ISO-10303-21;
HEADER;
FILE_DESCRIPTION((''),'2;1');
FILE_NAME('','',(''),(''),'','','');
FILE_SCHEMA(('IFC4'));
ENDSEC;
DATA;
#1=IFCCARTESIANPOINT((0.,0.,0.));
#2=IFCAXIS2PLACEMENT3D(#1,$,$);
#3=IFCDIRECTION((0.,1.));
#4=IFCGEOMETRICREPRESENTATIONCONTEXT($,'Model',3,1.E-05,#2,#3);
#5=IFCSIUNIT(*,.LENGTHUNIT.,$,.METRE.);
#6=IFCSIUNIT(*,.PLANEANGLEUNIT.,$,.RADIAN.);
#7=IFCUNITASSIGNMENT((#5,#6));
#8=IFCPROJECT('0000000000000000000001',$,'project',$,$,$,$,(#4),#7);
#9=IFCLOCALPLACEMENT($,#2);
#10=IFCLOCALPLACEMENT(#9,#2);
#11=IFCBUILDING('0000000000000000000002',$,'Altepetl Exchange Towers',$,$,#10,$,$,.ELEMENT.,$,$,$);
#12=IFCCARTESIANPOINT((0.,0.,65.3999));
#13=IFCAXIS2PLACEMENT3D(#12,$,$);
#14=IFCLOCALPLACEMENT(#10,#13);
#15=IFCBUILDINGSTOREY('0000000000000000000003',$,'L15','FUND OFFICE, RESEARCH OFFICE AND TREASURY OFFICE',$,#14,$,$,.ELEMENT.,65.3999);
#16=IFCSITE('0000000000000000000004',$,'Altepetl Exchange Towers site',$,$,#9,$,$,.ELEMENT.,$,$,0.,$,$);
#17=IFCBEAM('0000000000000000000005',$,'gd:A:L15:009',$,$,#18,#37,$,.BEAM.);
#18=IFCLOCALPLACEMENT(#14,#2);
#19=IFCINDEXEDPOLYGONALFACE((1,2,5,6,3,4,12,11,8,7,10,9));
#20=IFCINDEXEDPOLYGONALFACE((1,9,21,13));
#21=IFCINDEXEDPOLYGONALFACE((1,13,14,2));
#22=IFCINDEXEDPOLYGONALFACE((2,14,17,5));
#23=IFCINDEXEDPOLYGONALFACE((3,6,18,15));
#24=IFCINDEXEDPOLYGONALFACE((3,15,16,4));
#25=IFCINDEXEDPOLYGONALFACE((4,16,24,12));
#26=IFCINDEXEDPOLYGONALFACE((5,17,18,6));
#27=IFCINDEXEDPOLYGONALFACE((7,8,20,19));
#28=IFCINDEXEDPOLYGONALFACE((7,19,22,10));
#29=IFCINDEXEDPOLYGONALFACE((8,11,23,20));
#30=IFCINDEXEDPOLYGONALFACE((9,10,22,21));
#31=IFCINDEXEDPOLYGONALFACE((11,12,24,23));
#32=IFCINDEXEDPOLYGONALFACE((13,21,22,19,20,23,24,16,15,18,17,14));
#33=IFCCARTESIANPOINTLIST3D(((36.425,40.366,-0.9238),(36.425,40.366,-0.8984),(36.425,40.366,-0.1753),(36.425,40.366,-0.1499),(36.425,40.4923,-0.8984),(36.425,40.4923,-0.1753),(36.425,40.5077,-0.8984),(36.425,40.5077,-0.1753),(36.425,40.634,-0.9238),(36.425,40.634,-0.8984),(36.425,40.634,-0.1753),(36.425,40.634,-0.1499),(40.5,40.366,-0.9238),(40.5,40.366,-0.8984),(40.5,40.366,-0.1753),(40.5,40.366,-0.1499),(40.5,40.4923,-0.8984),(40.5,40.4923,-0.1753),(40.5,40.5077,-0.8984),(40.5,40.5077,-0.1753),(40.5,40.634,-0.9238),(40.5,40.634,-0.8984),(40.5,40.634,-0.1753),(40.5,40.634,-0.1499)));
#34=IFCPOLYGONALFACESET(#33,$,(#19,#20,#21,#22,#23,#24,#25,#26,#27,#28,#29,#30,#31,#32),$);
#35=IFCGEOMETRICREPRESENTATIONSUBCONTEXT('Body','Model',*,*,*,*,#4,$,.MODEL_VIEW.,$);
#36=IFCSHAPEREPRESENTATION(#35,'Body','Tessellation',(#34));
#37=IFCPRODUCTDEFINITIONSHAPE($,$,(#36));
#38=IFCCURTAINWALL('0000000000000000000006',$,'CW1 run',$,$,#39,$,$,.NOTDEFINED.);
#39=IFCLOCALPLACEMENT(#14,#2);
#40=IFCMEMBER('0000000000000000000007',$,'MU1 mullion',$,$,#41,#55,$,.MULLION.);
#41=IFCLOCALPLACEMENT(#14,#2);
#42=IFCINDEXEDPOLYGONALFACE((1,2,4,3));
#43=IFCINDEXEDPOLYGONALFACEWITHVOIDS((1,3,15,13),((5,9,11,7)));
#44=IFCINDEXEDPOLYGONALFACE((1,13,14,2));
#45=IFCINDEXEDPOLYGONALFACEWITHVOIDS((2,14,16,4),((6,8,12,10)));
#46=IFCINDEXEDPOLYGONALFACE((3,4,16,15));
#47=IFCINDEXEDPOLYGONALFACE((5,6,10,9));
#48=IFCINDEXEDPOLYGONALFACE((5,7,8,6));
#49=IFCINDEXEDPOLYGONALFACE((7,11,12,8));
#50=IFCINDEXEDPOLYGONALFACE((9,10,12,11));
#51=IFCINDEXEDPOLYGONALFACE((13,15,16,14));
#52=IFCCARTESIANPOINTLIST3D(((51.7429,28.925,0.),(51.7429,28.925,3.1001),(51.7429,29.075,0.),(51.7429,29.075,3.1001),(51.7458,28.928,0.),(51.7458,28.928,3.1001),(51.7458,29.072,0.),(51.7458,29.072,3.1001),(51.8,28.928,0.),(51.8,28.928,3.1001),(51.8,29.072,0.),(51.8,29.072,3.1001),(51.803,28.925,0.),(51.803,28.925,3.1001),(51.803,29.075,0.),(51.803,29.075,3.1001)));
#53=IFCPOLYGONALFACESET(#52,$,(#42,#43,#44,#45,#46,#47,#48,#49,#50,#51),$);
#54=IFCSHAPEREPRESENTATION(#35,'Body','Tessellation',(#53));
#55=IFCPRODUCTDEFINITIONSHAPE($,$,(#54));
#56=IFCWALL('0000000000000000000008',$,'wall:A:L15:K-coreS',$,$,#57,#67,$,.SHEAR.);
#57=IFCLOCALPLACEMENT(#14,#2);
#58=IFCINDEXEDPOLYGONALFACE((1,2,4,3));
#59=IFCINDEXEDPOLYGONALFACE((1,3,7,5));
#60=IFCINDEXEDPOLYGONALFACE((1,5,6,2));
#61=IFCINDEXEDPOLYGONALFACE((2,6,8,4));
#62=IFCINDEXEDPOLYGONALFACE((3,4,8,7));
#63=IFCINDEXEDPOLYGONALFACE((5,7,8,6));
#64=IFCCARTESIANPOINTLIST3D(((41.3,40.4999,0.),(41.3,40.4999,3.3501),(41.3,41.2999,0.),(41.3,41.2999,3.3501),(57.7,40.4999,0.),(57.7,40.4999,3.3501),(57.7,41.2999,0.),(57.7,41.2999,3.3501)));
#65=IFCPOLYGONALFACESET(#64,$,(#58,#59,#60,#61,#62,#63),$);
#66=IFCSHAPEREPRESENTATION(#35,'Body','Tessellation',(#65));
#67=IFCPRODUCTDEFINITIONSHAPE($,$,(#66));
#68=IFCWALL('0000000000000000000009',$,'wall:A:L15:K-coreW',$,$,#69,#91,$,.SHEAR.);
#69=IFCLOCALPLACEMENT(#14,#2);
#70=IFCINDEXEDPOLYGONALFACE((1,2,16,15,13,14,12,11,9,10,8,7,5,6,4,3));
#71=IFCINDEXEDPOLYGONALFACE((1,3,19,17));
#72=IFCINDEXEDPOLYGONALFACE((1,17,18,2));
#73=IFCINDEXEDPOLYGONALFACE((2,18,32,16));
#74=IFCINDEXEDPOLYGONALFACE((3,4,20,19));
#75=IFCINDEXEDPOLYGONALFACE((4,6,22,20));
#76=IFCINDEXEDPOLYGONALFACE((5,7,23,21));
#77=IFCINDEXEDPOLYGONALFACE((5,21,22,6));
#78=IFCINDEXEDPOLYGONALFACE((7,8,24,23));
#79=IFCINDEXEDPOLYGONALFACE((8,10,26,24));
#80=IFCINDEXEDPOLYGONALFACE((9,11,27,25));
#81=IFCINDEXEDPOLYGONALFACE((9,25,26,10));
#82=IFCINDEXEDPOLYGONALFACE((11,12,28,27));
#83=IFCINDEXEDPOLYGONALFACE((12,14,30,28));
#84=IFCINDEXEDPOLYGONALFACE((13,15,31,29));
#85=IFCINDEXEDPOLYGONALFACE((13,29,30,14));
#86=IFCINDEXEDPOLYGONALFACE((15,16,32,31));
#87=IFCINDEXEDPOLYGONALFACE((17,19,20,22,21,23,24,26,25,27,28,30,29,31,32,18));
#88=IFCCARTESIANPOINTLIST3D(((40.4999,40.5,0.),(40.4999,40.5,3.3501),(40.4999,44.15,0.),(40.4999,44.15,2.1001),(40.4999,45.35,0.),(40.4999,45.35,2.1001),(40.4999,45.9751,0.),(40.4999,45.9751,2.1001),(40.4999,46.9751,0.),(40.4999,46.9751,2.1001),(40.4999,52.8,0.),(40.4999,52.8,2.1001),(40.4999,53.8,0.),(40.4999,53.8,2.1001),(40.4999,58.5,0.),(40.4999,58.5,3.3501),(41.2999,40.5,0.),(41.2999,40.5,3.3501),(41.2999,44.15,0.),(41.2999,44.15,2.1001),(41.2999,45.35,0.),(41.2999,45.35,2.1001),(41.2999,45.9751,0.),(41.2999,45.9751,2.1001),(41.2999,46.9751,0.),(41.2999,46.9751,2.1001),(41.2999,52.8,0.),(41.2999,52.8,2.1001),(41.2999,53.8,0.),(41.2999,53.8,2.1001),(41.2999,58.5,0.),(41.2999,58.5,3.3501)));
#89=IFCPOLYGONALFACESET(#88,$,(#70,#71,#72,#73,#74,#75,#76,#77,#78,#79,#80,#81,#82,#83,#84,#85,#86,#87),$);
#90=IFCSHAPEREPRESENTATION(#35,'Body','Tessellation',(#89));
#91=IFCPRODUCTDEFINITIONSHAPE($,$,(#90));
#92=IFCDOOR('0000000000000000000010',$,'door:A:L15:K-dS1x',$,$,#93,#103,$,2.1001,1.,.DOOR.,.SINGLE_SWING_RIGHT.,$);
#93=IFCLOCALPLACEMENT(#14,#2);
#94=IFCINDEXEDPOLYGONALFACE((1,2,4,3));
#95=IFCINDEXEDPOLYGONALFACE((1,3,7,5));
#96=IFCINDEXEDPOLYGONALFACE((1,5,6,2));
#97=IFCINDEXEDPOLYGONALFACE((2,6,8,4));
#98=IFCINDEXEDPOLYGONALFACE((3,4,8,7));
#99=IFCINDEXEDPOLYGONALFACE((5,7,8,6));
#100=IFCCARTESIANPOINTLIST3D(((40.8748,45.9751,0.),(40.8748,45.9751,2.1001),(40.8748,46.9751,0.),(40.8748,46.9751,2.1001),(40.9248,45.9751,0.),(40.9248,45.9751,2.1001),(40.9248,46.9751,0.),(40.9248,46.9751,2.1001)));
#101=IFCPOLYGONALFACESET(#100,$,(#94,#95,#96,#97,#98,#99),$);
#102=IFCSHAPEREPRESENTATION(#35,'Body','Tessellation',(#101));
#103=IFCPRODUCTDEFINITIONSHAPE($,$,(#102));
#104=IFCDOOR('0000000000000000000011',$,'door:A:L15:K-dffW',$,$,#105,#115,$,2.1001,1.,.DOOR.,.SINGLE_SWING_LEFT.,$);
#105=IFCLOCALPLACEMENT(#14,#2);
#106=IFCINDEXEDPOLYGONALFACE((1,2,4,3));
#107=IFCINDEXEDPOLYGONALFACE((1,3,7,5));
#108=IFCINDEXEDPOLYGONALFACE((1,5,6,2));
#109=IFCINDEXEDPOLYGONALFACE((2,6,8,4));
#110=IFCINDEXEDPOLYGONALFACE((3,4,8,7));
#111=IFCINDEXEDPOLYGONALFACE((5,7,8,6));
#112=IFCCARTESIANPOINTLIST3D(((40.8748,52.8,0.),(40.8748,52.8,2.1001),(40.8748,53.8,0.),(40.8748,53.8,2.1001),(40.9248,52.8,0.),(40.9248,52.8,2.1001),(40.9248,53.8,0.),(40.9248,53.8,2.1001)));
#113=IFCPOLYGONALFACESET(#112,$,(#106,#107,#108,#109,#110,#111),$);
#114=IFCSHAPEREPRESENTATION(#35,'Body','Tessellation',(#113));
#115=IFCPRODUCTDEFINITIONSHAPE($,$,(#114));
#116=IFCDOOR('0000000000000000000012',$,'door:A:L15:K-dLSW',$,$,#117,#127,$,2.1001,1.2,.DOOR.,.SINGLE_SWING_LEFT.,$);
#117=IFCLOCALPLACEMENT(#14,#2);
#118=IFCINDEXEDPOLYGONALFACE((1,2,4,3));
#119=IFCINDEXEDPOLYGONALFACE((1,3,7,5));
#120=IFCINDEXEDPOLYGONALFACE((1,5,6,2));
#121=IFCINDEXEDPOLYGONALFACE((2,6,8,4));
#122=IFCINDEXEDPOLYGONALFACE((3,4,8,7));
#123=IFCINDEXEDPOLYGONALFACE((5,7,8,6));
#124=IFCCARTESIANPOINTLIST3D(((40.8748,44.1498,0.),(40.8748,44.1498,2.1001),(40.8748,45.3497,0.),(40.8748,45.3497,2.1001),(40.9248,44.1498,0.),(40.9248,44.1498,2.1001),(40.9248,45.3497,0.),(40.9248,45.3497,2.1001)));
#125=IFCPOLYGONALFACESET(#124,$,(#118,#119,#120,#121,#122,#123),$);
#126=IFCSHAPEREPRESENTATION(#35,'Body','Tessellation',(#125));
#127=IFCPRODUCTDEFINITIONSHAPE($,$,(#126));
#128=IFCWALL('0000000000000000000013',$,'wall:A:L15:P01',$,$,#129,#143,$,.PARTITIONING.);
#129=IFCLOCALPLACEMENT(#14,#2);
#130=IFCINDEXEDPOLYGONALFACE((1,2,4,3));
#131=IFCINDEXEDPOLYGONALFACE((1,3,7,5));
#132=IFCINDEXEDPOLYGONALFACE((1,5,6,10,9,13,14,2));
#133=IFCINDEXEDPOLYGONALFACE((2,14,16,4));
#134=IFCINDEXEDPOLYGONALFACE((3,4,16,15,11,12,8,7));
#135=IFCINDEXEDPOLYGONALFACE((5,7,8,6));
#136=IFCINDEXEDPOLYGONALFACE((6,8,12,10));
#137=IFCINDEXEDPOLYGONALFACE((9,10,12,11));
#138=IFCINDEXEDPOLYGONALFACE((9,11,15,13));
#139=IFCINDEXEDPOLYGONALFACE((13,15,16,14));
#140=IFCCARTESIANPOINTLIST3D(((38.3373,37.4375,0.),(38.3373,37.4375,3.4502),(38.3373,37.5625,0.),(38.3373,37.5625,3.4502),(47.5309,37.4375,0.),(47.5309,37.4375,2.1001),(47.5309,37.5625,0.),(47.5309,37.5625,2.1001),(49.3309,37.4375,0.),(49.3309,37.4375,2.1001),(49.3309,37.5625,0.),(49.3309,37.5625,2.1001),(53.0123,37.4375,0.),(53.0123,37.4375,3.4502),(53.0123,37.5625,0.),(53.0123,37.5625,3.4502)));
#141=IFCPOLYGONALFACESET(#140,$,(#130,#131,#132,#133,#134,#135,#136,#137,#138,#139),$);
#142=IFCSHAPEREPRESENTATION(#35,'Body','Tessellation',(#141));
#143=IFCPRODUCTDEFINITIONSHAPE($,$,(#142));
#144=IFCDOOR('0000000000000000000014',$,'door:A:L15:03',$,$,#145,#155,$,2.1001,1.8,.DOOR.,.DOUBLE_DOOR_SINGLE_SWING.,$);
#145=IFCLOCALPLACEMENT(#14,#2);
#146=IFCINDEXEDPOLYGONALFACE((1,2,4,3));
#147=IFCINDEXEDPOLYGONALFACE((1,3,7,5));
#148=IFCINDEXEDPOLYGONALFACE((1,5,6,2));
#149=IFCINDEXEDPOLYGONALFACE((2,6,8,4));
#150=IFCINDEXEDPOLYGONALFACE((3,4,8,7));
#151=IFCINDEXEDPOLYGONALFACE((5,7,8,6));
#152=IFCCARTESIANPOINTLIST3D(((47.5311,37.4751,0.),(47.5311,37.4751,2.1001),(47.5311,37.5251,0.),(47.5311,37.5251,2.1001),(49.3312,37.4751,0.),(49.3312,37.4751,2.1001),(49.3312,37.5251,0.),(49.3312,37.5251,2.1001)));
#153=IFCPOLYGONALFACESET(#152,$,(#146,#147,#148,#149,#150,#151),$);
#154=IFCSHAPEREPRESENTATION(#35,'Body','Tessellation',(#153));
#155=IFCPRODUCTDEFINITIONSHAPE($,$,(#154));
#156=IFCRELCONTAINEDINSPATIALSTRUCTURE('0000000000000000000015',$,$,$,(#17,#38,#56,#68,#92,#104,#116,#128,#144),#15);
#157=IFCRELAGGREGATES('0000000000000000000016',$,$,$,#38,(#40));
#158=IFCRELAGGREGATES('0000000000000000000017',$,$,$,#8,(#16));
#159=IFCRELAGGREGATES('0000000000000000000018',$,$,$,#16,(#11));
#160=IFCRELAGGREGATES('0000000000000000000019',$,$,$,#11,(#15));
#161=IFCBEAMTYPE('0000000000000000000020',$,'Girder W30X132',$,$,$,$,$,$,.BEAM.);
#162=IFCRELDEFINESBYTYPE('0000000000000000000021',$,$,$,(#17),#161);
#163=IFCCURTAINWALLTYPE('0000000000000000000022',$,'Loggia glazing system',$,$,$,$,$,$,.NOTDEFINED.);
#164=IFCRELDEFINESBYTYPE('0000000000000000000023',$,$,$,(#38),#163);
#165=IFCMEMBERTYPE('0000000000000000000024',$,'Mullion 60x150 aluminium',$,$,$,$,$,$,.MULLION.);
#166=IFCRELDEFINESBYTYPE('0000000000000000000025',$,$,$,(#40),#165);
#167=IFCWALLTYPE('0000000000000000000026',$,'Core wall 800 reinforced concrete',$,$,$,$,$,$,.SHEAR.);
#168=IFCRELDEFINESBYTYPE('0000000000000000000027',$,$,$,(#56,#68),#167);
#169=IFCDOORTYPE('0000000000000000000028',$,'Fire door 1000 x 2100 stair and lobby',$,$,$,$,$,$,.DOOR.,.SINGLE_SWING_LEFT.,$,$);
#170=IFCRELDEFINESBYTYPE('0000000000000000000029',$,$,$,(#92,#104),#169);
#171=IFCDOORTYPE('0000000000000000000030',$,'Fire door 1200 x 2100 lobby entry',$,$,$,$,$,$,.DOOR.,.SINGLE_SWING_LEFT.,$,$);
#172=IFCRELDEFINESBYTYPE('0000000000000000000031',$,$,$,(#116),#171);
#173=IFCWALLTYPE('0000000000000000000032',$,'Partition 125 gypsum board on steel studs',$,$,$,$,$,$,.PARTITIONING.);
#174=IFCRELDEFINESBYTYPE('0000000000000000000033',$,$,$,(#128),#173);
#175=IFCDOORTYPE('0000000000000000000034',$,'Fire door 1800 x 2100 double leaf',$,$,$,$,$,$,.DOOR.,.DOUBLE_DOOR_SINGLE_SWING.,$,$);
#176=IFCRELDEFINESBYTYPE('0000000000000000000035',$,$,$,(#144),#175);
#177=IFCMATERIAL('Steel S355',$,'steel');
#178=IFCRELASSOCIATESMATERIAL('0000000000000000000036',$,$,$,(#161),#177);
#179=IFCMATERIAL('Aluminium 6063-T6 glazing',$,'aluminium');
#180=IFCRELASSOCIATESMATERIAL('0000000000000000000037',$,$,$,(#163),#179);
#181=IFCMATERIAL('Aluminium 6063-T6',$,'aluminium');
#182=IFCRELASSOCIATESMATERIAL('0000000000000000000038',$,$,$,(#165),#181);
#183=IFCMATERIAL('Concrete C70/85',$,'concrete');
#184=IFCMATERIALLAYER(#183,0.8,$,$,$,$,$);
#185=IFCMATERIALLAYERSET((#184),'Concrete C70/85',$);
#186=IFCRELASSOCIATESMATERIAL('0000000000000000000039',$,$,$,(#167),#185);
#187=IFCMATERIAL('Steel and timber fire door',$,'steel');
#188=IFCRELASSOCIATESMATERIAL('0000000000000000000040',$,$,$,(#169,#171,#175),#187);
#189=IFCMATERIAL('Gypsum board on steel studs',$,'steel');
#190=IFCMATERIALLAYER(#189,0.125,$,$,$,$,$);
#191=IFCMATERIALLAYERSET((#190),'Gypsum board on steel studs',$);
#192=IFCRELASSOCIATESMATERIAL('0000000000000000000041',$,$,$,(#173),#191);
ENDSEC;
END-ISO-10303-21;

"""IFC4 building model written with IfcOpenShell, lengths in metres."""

from ifc_helpers import new_model, si_unit, direction, frame, frame_2d, origin, origin_2d, place, context, subcontext, project, spatial, rectangle, hollow_rectangle, i_section, extrude, material, layer, layer_set, material_profile, profile_set, type_object, element, fill, aggregate, save


model = new_model("IFC4")

# Units and contexts
model_context = context("Model", 3, precision=1e-05, world=origin(), true_north=direction((0.0, 1.0)))
body_context = subcontext(model_context, "Body", "Model", "MODEL_VIEW")
ifc_project = project(units=[si_unit("LENGTHUNIT", "METRE"), si_unit("PLANEANGLEUNIT", "RADIAN")], contexts=[model_context])

# Site, building, storey
site_placement = place(None, origin())
site = spatial("IfcSite", under=ifc_project, at=site_placement, Name="Altepetl Exchange Towers site", CompositionType="ELEMENT", RefElevation=0.0)
building_placement = place(site_placement, origin())
building = spatial("IfcBuilding", under=site, at=building_placement, Name="Altepetl Exchange Towers", CompositionType="ELEMENT")
storey_placement = place(building_placement, frame((0.0, 0.0, 65.3999)))
storey = spatial("IfcBuildingStorey", under=building, at=storey_placement, Name="L15", Description="FUND OFFICE, RESEARCH OFFICE AND TREASURY OFFICE", CompositionType="ELEMENT", Elevation=65.3999)

# Beam
ifc_material_1 = material(Name="Steel S355", Category="steel")
ifc_material_profile_1 = material_profile(ifc_material_1, i_section(OverallWidth=0.2681, OverallDepth=0.7739, WebThickness=0.0154, FlangeThickness=0.0254, at=origin_2d()), Name="W30X132")
ifc_profile_set_1 = profile_set([ifc_material_profile_1], Name="Steel S355")
beam_type = type_object("IfcBeamType", Name="Girder W30X132", PredefinedType="BEAM", material=ifc_profile_set_1)
beam_placement = place(storey_placement, frame((40.5, 40.5, -0.5369), z_axis=(-1.0, 0.0, 0.0), x_axis=(0.0, -1.0, 0.0)))
element("IfcBeam", 1, at=beam_placement, inside=storey, type_object=beam_type, Name="gd:A:L15:009", PredefinedType="BEAM", context=body_context, shape_type="SweptSolid", body=[
    extrude(i_section(OverallWidth=0.2681, OverallDepth=0.7739, WebThickness=0.0154, FlangeThickness=0.0254, at=origin_2d()), origin(), (0.0, 0.0, 1.0), 4.075),
])

# Curtain wall, member
ifc_material_2 = material(Name="Aluminium 6063-T6 glazing", Category="aluminium")
curtain_wall_type = type_object("IfcCurtainWallType", Name="Loggia glazing system", PredefinedType="NOTDEFINED", material=ifc_material_2)
curtain_wall_placement = place(storey_placement, origin())
curtain_wall = element("IfcCurtainWall", 2, at=curtain_wall_placement, inside=storey, type_object=curtain_wall_type, Name="CW1 run", PredefinedType="NOTDEFINED")
ifc_material_3 = material(Name="Aluminium 6063-T6", Category="aluminium")
ifc_material_profile_2 = material_profile(ifc_material_3, hollow_rectangle(XDim=0.0601, YDim=0.1499, WallThickness=0.0029, at=origin_2d()), Name="Mullion 60x150 aluminium")
ifc_profile_set_2 = profile_set([ifc_material_profile_2], Name="Aluminium 6063-T6")
member_type = type_object("IfcMemberType", Name="Mullion 60x150 aluminium", PredefinedType="MULLION", material=ifc_profile_set_2)
member_placement = place(storey_placement, frame((51.7729, 29.0, 0.0)))
member = element("IfcMember", 3, at=member_placement, type_object=member_type, Name="MU1 mullion", PredefinedType="MULLION", context=body_context, shape_type="SweptSolid", body=[
    extrude(hollow_rectangle(XDim=0.0601, YDim=0.1499, WallThickness=0.0029, at=origin_2d()), origin(), (0.0, 0.0, 1.0), 3.1001),
])
aggregate(curtain_wall, [member])

# Wall
ifc_material_4 = material(Name="Concrete C70/85", Category="concrete")
ifc_layer_1 = layer(ifc_material_4, 0.8)
ifc_layer_set_1 = layer_set([ifc_layer_1], Name="Concrete C70/85")
wall_type_1 = type_object("IfcWallType", Name="Core wall 800 reinforced concrete", PredefinedType="SHEAR", material=ifc_layer_set_1)
wall_1_placement = place(storey_placement, frame((41.3, 40.8999, 0.0)))
element("IfcWall", 4, at=wall_1_placement, inside=storey, type_object=wall_type_1, Name="wall:A:L15:K-coreS", PredefinedType="SHEAR", context=body_context, shape_type="SweptSolid", body=[
    extrude(rectangle(XDim=16.3999, YDim=0.8, at=frame_2d((8.2, 0.0))), origin(), (0.0, 0.0, 1.0), 3.3501),
])

# Wall, openings, doors
wall_2_placement = place(storey_placement, frame((40.8999, 40.5, 0.0), z_axis=(0.0, 0.0, 1.0), x_axis=(0.0, 1.0, 0.0)))
wall_2 = element("IfcWall", 5, at=wall_2_placement, inside=storey, type_object=wall_type_1, Name="wall:A:L15:K-coreW", PredefinedType="SHEAR", context=body_context, shape_type="SweptSolid", body=[
    extrude(rectangle(XDim=18.0, YDim=0.8, at=frame_2d((9.0, 0.0))), origin(), (0.0, 0.0, 1.0), 3.3501),
])
opening_1_placement = place(wall_2_placement, frame((3.6499, 0.0, 0.0)))
opening_1 = element("IfcOpeningElement", 6, at=opening_1_placement, cuts=wall_2, PredefinedType="OPENING", context=body_context, shape_type="SweptSolid", body=[
    extrude(rectangle(XDim=1.2, YDim=2.1001, at=frame_2d((0.6001, 1.05))), frame((0.0, 0.4102, 0.0), z_axis=(0.0, -1.0, 0.0), x_axis=(1.0, 0.0, 0.0)), (0.0, 0.0, 1.0), 0.8201),
])
opening_2_placement = place(wall_2_placement, frame((5.4751, 0.0, 0.0)))
opening_2 = element("IfcOpeningElement", 7, at=opening_2_placement, cuts=wall_2, PredefinedType="OPENING", context=body_context, shape_type="SweptSolid", body=[
    extrude(rectangle(XDim=1.0, YDim=2.1001, at=frame_2d((0.5, 1.05))), frame((0.0, 0.4102, 0.0), z_axis=(0.0, -1.0, 0.0), x_axis=(1.0, 0.0, 0.0)), (0.0, 0.0, 1.0), 0.8201),
])
opening_3_placement = place(wall_2_placement, frame((12.3, 0.0, 0.0)))
opening_3 = element("IfcOpeningElement", 8, at=opening_3_placement, cuts=wall_2, PredefinedType="OPENING", context=body_context, shape_type="SweptSolid", body=[
    extrude(rectangle(XDim=1.0, YDim=2.1001, at=frame_2d((0.5, 1.05))), frame((0.0, 0.4102, 0.0), z_axis=(0.0, -1.0, 0.0), x_axis=(1.0, 0.0, 0.0)), (0.0, 0.0, 1.0), 0.8201),
])
ifc_material_5 = material(Name="Steel and timber fire door", Category="steel")
door_type_1 = type_object("IfcDoorType", Name="Fire door 1000 x 2100 stair and lobby", OperationType="SINGLE_SWING_LEFT", PredefinedType="DOOR", material=ifc_material_5)
door_1_placement = place(opening_2_placement, frame((1.0, 0.0, 0.0), x_axis=(-1.0, 0.0, 0.0)))
door_1 = element("IfcDoor", 9, at=door_1_placement, inside=storey, type_object=door_type_1, Name="door:A:L15:K-dS1x", OperationType="SINGLE_SWING_RIGHT", OverallHeight=2.1001, OverallWidth=1.0, PredefinedType="DOOR", context=body_context, shape_type="SweptSolid", body=[
    extrude(rectangle(XDim=1.0, YDim=2.1001, at=frame_2d((0.5, 1.05))), frame((0.0, 0.0249, 0.0), z_axis=(0.0, -1.0, 0.0), x_axis=(1.0, 0.0, 0.0)), (0.0, 0.0, 1.0), 0.05),
])
fill(opening_2, door_1)
door_2_placement = place(opening_3_placement, frame((1.0, 0.0, 0.0), x_axis=(-1.0, 0.0, 0.0)))
door_2 = element("IfcDoor", 10, at=door_2_placement, inside=storey, type_object=door_type_1, Name="door:A:L15:K-dffW", OperationType="SINGLE_SWING_LEFT", OverallHeight=2.1001, OverallWidth=1.0, PredefinedType="DOOR", context=body_context, shape_type="SweptSolid", body=[
    extrude(rectangle(XDim=1.0, YDim=2.1001, at=frame_2d((0.5, 1.05))), frame((0.0, 0.0249, 0.0), z_axis=(0.0, -1.0, 0.0), x_axis=(1.0, 0.0, 0.0)), (0.0, 0.0, 1.0), 0.05),
])
fill(opening_3, door_2)
door_type_2 = type_object("IfcDoorType", Name="Fire door 1200 x 2100 lobby entry", OperationType="SINGLE_SWING_LEFT", PredefinedType="DOOR", material=ifc_material_5)
door_3_placement = place(opening_1_placement, frame((1.2, 0.0, 0.0), x_axis=(-1.0, 0.0, 0.0)))
door_3 = element("IfcDoor", 11, at=door_3_placement, inside=storey, type_object=door_type_2, Name="door:A:L15:K-dLSW", OperationType="SINGLE_SWING_LEFT", OverallHeight=2.1001, OverallWidth=1.2, PredefinedType="DOOR", context=body_context, shape_type="SweptSolid", body=[
    extrude(rectangle(XDim=1.2, YDim=2.1001, at=frame_2d((0.6001, 1.05))), frame((0.0, 0.0249, 0.0), z_axis=(0.0, -1.0, 0.0), x_axis=(1.0, 0.0, 0.0)), (0.0, 0.0, 1.0), 0.05),
])
fill(opening_1, door_3)

# Wall, opening, door
ifc_material_6 = material(Name="Gypsum board on steel studs", Category="steel")
ifc_layer_2 = layer(ifc_material_6, 0.125)
ifc_layer_set_2 = layer_set([ifc_layer_2], Name="Gypsum board on steel studs")
wall_type_2 = type_object("IfcWallType", Name="Partition 125 gypsum board on steel studs", PredefinedType="PARTITIONING", material=ifc_layer_set_2)
wall_3_placement = place(storey_placement, frame((38.3374, 37.5, 0.0)))
wall_3 = element("IfcWall", 12, at=wall_3_placement, inside=storey, type_object=wall_type_2, Name="wall:A:L15:P01", PredefinedType="PARTITIONING", context=body_context, shape_type="SweptSolid", body=[
    extrude(rectangle(XDim=14.675, YDim=0.125, at=frame_2d((7.3374, 0.0))), origin(), (0.0, 0.0, 1.0), 3.4502),
])
opening_4_placement = place(wall_3_placement, frame((9.1936, 0.0, 0.0)))
opening_4 = element("IfcOpeningElement", 13, at=opening_4_placement, cuts=wall_3, PredefinedType="OPENING", context=body_context, shape_type="SweptSolid", body=[
    extrude(rectangle(XDim=1.8, YDim=2.1001, at=frame_2d((0.8999, 1.05))), frame((0.0, 0.0725, 0.0), z_axis=(0.0, -1.0, 0.0), x_axis=(1.0, 0.0, 0.0)), (0.0, 0.0, 1.0), 0.145),
])
door_type_3 = type_object("IfcDoorType", Name="Fire door 1800 x 2100 double leaf", OperationType="DOUBLE_DOOR_SINGLE_SWING", PredefinedType="DOOR", material=ifc_material_5)
door_4_placement = place(opening_4_placement, frame((1.8, 0.0, 0.0), x_axis=(-1.0, 0.0, 0.0)))
door_4 = element("IfcDoor", 14, at=door_4_placement, inside=storey, type_object=door_type_3, Name="door:A:L15:03", OperationType="DOUBLE_DOOR_SINGLE_SWING", OverallHeight=2.1001, OverallWidth=1.8, PredefinedType="DOOR", context=body_context, shape_type="SweptSolid", body=[
    extrude(rectangle(XDim=1.8, YDim=2.1001, at=frame_2d((0.8999, 1.05))), frame((0.0, 0.0249, 0.0), z_axis=(0.0, -1.0, 0.0), x_axis=(1.0, 0.0, 0.0)), (0.0, 0.0, 1.0), 0.05),
])
fill(opening_4, door_4)

save(model, "model.ifc")
